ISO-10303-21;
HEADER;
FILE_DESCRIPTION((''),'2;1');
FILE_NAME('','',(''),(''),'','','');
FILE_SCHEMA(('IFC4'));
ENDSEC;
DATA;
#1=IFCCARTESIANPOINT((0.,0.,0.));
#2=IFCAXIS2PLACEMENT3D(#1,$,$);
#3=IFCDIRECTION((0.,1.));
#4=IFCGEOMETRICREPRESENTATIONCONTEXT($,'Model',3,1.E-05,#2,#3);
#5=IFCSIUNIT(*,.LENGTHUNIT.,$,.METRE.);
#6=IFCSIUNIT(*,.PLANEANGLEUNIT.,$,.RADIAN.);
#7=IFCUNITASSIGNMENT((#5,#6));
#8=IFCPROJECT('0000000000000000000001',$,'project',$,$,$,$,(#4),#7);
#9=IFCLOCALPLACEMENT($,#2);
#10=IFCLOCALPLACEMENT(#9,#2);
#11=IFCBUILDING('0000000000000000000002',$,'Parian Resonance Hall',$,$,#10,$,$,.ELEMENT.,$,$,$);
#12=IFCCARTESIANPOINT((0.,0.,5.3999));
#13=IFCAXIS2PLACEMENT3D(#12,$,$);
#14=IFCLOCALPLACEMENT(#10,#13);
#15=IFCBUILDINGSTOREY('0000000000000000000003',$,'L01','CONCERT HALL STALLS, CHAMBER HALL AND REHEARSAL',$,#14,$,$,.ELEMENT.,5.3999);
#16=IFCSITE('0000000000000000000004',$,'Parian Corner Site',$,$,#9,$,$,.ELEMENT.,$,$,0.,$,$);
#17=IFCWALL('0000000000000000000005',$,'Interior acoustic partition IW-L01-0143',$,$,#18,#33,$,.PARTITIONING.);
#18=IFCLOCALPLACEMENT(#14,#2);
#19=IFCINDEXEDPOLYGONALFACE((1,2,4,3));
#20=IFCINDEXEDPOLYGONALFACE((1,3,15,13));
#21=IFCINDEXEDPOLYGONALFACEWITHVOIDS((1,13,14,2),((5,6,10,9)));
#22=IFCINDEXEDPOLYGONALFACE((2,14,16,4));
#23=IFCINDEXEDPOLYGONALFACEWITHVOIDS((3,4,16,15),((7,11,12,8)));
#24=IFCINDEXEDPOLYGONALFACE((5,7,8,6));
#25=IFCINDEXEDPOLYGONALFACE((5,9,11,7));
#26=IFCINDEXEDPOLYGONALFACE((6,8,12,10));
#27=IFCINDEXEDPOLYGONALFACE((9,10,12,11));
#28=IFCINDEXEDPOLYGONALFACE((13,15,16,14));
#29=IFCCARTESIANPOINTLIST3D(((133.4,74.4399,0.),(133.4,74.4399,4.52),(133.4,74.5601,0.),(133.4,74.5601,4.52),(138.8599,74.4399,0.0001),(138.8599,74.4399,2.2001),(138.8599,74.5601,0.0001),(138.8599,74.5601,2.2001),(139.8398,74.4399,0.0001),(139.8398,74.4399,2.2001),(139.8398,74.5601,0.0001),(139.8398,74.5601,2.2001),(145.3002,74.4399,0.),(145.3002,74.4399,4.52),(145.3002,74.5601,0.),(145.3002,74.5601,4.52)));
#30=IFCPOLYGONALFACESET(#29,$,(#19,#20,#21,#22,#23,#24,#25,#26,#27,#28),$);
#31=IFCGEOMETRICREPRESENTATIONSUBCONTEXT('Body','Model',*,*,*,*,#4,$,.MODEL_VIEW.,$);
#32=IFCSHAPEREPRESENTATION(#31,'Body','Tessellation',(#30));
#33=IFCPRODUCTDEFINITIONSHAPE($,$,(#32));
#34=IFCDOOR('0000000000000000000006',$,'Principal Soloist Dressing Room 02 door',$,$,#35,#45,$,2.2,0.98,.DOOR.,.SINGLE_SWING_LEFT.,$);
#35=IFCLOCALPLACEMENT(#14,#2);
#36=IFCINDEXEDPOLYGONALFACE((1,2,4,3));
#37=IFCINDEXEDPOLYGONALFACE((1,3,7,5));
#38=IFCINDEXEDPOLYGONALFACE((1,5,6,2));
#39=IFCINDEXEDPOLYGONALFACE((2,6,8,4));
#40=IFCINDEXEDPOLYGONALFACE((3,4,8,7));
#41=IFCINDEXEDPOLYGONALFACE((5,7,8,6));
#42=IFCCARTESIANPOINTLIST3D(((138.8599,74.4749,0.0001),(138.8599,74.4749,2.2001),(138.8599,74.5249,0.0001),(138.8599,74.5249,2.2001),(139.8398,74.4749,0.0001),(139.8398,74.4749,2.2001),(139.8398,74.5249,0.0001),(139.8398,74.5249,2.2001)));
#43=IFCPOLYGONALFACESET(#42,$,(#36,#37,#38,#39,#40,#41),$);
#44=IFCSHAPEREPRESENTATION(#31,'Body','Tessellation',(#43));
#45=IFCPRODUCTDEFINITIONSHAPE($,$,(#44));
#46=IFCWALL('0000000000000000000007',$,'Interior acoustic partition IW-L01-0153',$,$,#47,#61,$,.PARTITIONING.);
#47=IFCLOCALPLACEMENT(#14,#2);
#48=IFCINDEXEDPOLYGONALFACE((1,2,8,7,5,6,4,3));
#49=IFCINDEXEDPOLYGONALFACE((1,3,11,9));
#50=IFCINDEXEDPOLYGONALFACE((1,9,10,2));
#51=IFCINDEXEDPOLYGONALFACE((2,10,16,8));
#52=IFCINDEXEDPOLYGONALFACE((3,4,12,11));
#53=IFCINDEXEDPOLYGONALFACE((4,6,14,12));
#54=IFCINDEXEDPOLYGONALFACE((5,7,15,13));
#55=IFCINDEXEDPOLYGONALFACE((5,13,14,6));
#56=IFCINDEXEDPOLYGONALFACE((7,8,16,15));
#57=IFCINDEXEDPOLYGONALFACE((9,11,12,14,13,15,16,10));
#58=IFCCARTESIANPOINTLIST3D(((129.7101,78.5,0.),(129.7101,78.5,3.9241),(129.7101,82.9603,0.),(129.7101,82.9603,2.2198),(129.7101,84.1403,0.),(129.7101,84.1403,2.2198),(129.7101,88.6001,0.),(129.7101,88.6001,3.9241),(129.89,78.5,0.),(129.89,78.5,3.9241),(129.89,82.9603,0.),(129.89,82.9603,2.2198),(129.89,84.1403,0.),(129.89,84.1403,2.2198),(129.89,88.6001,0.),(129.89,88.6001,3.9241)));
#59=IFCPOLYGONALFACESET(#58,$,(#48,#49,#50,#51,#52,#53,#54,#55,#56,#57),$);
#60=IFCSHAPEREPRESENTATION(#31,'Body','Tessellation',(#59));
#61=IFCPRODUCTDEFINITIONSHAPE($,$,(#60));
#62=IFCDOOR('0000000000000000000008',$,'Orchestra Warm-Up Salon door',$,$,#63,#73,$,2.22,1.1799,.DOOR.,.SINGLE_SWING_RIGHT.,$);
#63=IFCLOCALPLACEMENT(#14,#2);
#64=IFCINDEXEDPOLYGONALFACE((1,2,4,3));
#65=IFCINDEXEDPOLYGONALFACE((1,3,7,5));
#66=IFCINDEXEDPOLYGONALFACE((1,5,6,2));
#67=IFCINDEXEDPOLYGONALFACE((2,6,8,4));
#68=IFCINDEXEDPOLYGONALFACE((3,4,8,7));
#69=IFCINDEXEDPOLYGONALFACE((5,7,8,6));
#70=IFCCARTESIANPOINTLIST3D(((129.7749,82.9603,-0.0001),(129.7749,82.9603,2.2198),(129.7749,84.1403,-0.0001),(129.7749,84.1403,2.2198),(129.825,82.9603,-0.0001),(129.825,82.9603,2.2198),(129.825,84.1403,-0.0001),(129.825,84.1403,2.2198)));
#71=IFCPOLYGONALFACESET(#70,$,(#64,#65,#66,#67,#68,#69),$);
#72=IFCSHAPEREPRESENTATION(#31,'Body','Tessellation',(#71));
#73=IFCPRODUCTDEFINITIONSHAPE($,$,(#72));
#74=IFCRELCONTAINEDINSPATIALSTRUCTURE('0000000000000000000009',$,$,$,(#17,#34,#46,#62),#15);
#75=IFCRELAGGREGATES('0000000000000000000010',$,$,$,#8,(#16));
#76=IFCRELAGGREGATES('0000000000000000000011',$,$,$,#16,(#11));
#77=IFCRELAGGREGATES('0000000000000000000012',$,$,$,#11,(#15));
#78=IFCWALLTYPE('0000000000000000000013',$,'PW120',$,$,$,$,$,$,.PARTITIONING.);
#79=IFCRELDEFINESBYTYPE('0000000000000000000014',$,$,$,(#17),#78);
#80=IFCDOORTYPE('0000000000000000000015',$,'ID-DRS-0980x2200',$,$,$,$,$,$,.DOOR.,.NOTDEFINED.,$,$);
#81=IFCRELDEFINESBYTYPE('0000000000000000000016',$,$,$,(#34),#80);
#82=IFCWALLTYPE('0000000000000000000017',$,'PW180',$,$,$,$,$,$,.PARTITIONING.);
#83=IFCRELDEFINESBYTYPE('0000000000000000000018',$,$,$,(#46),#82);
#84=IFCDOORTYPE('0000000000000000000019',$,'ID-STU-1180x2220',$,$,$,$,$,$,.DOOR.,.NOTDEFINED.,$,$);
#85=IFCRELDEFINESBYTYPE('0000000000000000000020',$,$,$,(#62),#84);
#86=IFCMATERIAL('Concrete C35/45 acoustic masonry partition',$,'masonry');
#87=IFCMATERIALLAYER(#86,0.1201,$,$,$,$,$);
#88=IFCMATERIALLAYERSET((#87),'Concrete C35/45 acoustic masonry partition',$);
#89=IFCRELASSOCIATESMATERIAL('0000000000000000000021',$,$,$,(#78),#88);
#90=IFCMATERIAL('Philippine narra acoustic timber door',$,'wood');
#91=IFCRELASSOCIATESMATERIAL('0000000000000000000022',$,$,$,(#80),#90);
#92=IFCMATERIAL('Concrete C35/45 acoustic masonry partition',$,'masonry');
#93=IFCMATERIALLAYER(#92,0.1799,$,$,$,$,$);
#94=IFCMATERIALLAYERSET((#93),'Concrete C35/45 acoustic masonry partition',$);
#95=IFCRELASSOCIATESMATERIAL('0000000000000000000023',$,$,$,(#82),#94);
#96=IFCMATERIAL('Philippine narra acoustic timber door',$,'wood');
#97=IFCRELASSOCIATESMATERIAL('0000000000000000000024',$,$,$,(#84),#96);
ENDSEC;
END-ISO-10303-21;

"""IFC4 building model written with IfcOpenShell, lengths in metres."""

from ifc_helpers import new_model, si_unit, direction, frame, frame_2d, origin, place, context, subcontext, project, spatial, rectangle, extrude, material, layer, layer_set, type_object, element, fill, save


model = new_model("IFC4")

# Units and contexts
model_context = context("Model", 3, precision=1e-05, world=origin(), true_north=direction((0.0, 1.0)))
body_context = subcontext(model_context, "Body", "Model", "MODEL_VIEW")
ifc_project = project(units=[si_unit("LENGTHUNIT", "METRE"), si_unit("PLANEANGLEUNIT", "RADIAN")], contexts=[model_context])

# Site, building, storey
site_placement = place(None, origin())
site = spatial("IfcSite", under=ifc_project, at=site_placement, Name="Parian Corner Site", CompositionType="ELEMENT", RefElevation=0.0)
building_placement = place(site_placement, origin())
building = spatial("IfcBuilding", under=site, at=building_placement, Name="Parian Resonance Hall", CompositionType="ELEMENT")
storey_placement = place(building_placement, frame((0.0, 0.0, 5.3999)))
storey = spatial("IfcBuildingStorey", under=building, at=storey_placement, Name="L01", Description="CONCERT HALL STALLS, CHAMBER HALL AND REHEARSAL", CompositionType="ELEMENT", Elevation=5.3999)

# Walls, openings, doors
ifc_material_1 = material(Name="Concrete C35/45 acoustic masonry partition", Category="masonry")
ifc_layer_1 = layer(ifc_material_1, 0.1201)
ifc_layer_set_1 = layer_set([ifc_layer_1], Name="Concrete C35/45 acoustic masonry partition")
wall_type_1 = type_object("IfcWallType", Name="PW120", PredefinedType="PARTITIONING", material=ifc_layer_set_1)
wall_1_placement = place(storey_placement, frame((133.3999, 74.5, 0.0), z_axis=(0.0, 0.0, 1.0), x_axis=(1.0, 0.0, 0.0)))
wall_1 = element("IfcWall", 1, at=wall_1_placement, inside=storey, type_object=wall_type_1, Name="Interior acoustic partition IW-L01-0143", PredefinedType="PARTITIONING", context=body_context, shape_type="SweptSolid", body=[
    extrude(rectangle(XDim=11.9001, YDim=0.1201, at=frame_2d((5.9502, 0.0))), origin(), (0.0, 0.0, 1.0), 4.52),
])
opening_1_placement = place(wall_1_placement, frame((5.46, 0.0, 0.0)))
opening_1 = element("IfcOpeningElement", 2, at=opening_1_placement, cuts=wall_1, PredefinedType="OPENING", context=body_context, shape_type="SweptSolid", body=[
    extrude(rectangle(XDim=0.98, YDim=2.2, at=frame_2d((0.49, 1.1001))), frame((0.0, 0.0701, 0.0), z_axis=(0.0, -1.0, 0.0), x_axis=(1.0, 0.0, 0.0)), (0.0, 0.0, 1.0), 0.1401),
])
ifc_material_2 = material(Name="Philippine narra acoustic timber door", Category="wood")
door_type_1 = type_object("IfcDoorType", Name="ID-DRS-0980x2200", OperationType="NOTDEFINED", PredefinedType="DOOR", material=ifc_material_2)
door_1_placement = place(opening_1_placement, origin())
door_1 = element("IfcDoor", 3, at=door_1_placement, inside=storey, type_object=door_type_1, Name="Principal Soloist Dressing Room 02 door", OperationType="SINGLE_SWING_LEFT", OverallHeight=2.2, OverallWidth=0.98, PredefinedType="DOOR", context=body_context, shape_type="SweptSolid", body=[
    extrude(rectangle(XDim=0.98, YDim=2.2, at=frame_2d((0.49, 1.1001))), frame((0.0, 0.0249, 0.0), z_axis=(0.0, -1.0, 0.0), x_axis=(1.0, 0.0, 0.0)), (0.0, 0.0, 1.0), 0.05),
])
fill(opening_1, door_1)
ifc_material_3 = material(Name="Concrete C35/45 acoustic masonry partition", Category="masonry")
ifc_layer_2 = layer(ifc_material_3, 0.1799)
ifc_layer_set_2 = layer_set([ifc_layer_2], Name="Concrete C35/45 acoustic masonry partition")
wall_type_2 = type_object("IfcWallType", Name="PW180", PredefinedType="PARTITIONING", material=ifc_layer_set_2)
wall_2_placement = place(storey_placement, frame((129.8, 88.6001, 0.0), z_axis=(0.0, 0.0, 1.0), x_axis=(0.0, -1.0, 0.0)))
wall_2 = element("IfcWall", 4, at=wall_2_placement, inside=storey, type_object=wall_type_2, Name="Interior acoustic partition IW-L01-0153", PredefinedType="PARTITIONING", context=body_context, shape_type="SweptSolid", body=[
    extrude(rectangle(XDim=10.1001, YDim=0.1799, at=frame_2d((5.05, 0.0))), origin(), (0.0, 0.0, 1.0), 3.9241),
])
opening_2_placement = place(wall_2_placement, frame((4.46, 0.0, 0.0)))
opening_2 = element("IfcOpeningElement", 5, at=opening_2_placement, cuts=wall_2, PredefinedType="OPENING", context=body_context, shape_type="SweptSolid", body=[
    extrude(rectangle(XDim=1.1799, YDim=2.22, at=frame_2d((0.5898, 1.1099))), frame((0.0, 0.0999, 0.0), z_axis=(0.0, -1.0, 0.0), x_axis=(1.0, 0.0, 0.0)), (0.0, 0.0, 1.0), 0.2),
])
ifc_material_4 = material(Name="Philippine narra acoustic timber door", Category="wood")
door_type_2 = type_object("IfcDoorType", Name="ID-STU-1180x2220", OperationType="NOTDEFINED", PredefinedType="DOOR", material=ifc_material_4)
door_2_placement = place(opening_2_placement, origin())
door_2 = element("IfcDoor", 6, at=door_2_placement, inside=storey, type_object=door_type_2, Name="Orchestra Warm-Up Salon door", OperationType="SINGLE_SWING_RIGHT", OverallHeight=2.22, OverallWidth=1.1799, PredefinedType="DOOR", context=body_context, shape_type="SweptSolid", body=[
    extrude(rectangle(XDim=1.1799, YDim=2.22, at=frame_2d((0.5898, 1.1099))), frame((0.0, 0.0249, 0.0), z_axis=(0.0, -1.0, 0.0), x_axis=(1.0, 0.0, 0.0)), (0.0, 0.0, 1.0), 0.05),
])
fill(opening_2, door_2)

save(model, "model.ifc")
